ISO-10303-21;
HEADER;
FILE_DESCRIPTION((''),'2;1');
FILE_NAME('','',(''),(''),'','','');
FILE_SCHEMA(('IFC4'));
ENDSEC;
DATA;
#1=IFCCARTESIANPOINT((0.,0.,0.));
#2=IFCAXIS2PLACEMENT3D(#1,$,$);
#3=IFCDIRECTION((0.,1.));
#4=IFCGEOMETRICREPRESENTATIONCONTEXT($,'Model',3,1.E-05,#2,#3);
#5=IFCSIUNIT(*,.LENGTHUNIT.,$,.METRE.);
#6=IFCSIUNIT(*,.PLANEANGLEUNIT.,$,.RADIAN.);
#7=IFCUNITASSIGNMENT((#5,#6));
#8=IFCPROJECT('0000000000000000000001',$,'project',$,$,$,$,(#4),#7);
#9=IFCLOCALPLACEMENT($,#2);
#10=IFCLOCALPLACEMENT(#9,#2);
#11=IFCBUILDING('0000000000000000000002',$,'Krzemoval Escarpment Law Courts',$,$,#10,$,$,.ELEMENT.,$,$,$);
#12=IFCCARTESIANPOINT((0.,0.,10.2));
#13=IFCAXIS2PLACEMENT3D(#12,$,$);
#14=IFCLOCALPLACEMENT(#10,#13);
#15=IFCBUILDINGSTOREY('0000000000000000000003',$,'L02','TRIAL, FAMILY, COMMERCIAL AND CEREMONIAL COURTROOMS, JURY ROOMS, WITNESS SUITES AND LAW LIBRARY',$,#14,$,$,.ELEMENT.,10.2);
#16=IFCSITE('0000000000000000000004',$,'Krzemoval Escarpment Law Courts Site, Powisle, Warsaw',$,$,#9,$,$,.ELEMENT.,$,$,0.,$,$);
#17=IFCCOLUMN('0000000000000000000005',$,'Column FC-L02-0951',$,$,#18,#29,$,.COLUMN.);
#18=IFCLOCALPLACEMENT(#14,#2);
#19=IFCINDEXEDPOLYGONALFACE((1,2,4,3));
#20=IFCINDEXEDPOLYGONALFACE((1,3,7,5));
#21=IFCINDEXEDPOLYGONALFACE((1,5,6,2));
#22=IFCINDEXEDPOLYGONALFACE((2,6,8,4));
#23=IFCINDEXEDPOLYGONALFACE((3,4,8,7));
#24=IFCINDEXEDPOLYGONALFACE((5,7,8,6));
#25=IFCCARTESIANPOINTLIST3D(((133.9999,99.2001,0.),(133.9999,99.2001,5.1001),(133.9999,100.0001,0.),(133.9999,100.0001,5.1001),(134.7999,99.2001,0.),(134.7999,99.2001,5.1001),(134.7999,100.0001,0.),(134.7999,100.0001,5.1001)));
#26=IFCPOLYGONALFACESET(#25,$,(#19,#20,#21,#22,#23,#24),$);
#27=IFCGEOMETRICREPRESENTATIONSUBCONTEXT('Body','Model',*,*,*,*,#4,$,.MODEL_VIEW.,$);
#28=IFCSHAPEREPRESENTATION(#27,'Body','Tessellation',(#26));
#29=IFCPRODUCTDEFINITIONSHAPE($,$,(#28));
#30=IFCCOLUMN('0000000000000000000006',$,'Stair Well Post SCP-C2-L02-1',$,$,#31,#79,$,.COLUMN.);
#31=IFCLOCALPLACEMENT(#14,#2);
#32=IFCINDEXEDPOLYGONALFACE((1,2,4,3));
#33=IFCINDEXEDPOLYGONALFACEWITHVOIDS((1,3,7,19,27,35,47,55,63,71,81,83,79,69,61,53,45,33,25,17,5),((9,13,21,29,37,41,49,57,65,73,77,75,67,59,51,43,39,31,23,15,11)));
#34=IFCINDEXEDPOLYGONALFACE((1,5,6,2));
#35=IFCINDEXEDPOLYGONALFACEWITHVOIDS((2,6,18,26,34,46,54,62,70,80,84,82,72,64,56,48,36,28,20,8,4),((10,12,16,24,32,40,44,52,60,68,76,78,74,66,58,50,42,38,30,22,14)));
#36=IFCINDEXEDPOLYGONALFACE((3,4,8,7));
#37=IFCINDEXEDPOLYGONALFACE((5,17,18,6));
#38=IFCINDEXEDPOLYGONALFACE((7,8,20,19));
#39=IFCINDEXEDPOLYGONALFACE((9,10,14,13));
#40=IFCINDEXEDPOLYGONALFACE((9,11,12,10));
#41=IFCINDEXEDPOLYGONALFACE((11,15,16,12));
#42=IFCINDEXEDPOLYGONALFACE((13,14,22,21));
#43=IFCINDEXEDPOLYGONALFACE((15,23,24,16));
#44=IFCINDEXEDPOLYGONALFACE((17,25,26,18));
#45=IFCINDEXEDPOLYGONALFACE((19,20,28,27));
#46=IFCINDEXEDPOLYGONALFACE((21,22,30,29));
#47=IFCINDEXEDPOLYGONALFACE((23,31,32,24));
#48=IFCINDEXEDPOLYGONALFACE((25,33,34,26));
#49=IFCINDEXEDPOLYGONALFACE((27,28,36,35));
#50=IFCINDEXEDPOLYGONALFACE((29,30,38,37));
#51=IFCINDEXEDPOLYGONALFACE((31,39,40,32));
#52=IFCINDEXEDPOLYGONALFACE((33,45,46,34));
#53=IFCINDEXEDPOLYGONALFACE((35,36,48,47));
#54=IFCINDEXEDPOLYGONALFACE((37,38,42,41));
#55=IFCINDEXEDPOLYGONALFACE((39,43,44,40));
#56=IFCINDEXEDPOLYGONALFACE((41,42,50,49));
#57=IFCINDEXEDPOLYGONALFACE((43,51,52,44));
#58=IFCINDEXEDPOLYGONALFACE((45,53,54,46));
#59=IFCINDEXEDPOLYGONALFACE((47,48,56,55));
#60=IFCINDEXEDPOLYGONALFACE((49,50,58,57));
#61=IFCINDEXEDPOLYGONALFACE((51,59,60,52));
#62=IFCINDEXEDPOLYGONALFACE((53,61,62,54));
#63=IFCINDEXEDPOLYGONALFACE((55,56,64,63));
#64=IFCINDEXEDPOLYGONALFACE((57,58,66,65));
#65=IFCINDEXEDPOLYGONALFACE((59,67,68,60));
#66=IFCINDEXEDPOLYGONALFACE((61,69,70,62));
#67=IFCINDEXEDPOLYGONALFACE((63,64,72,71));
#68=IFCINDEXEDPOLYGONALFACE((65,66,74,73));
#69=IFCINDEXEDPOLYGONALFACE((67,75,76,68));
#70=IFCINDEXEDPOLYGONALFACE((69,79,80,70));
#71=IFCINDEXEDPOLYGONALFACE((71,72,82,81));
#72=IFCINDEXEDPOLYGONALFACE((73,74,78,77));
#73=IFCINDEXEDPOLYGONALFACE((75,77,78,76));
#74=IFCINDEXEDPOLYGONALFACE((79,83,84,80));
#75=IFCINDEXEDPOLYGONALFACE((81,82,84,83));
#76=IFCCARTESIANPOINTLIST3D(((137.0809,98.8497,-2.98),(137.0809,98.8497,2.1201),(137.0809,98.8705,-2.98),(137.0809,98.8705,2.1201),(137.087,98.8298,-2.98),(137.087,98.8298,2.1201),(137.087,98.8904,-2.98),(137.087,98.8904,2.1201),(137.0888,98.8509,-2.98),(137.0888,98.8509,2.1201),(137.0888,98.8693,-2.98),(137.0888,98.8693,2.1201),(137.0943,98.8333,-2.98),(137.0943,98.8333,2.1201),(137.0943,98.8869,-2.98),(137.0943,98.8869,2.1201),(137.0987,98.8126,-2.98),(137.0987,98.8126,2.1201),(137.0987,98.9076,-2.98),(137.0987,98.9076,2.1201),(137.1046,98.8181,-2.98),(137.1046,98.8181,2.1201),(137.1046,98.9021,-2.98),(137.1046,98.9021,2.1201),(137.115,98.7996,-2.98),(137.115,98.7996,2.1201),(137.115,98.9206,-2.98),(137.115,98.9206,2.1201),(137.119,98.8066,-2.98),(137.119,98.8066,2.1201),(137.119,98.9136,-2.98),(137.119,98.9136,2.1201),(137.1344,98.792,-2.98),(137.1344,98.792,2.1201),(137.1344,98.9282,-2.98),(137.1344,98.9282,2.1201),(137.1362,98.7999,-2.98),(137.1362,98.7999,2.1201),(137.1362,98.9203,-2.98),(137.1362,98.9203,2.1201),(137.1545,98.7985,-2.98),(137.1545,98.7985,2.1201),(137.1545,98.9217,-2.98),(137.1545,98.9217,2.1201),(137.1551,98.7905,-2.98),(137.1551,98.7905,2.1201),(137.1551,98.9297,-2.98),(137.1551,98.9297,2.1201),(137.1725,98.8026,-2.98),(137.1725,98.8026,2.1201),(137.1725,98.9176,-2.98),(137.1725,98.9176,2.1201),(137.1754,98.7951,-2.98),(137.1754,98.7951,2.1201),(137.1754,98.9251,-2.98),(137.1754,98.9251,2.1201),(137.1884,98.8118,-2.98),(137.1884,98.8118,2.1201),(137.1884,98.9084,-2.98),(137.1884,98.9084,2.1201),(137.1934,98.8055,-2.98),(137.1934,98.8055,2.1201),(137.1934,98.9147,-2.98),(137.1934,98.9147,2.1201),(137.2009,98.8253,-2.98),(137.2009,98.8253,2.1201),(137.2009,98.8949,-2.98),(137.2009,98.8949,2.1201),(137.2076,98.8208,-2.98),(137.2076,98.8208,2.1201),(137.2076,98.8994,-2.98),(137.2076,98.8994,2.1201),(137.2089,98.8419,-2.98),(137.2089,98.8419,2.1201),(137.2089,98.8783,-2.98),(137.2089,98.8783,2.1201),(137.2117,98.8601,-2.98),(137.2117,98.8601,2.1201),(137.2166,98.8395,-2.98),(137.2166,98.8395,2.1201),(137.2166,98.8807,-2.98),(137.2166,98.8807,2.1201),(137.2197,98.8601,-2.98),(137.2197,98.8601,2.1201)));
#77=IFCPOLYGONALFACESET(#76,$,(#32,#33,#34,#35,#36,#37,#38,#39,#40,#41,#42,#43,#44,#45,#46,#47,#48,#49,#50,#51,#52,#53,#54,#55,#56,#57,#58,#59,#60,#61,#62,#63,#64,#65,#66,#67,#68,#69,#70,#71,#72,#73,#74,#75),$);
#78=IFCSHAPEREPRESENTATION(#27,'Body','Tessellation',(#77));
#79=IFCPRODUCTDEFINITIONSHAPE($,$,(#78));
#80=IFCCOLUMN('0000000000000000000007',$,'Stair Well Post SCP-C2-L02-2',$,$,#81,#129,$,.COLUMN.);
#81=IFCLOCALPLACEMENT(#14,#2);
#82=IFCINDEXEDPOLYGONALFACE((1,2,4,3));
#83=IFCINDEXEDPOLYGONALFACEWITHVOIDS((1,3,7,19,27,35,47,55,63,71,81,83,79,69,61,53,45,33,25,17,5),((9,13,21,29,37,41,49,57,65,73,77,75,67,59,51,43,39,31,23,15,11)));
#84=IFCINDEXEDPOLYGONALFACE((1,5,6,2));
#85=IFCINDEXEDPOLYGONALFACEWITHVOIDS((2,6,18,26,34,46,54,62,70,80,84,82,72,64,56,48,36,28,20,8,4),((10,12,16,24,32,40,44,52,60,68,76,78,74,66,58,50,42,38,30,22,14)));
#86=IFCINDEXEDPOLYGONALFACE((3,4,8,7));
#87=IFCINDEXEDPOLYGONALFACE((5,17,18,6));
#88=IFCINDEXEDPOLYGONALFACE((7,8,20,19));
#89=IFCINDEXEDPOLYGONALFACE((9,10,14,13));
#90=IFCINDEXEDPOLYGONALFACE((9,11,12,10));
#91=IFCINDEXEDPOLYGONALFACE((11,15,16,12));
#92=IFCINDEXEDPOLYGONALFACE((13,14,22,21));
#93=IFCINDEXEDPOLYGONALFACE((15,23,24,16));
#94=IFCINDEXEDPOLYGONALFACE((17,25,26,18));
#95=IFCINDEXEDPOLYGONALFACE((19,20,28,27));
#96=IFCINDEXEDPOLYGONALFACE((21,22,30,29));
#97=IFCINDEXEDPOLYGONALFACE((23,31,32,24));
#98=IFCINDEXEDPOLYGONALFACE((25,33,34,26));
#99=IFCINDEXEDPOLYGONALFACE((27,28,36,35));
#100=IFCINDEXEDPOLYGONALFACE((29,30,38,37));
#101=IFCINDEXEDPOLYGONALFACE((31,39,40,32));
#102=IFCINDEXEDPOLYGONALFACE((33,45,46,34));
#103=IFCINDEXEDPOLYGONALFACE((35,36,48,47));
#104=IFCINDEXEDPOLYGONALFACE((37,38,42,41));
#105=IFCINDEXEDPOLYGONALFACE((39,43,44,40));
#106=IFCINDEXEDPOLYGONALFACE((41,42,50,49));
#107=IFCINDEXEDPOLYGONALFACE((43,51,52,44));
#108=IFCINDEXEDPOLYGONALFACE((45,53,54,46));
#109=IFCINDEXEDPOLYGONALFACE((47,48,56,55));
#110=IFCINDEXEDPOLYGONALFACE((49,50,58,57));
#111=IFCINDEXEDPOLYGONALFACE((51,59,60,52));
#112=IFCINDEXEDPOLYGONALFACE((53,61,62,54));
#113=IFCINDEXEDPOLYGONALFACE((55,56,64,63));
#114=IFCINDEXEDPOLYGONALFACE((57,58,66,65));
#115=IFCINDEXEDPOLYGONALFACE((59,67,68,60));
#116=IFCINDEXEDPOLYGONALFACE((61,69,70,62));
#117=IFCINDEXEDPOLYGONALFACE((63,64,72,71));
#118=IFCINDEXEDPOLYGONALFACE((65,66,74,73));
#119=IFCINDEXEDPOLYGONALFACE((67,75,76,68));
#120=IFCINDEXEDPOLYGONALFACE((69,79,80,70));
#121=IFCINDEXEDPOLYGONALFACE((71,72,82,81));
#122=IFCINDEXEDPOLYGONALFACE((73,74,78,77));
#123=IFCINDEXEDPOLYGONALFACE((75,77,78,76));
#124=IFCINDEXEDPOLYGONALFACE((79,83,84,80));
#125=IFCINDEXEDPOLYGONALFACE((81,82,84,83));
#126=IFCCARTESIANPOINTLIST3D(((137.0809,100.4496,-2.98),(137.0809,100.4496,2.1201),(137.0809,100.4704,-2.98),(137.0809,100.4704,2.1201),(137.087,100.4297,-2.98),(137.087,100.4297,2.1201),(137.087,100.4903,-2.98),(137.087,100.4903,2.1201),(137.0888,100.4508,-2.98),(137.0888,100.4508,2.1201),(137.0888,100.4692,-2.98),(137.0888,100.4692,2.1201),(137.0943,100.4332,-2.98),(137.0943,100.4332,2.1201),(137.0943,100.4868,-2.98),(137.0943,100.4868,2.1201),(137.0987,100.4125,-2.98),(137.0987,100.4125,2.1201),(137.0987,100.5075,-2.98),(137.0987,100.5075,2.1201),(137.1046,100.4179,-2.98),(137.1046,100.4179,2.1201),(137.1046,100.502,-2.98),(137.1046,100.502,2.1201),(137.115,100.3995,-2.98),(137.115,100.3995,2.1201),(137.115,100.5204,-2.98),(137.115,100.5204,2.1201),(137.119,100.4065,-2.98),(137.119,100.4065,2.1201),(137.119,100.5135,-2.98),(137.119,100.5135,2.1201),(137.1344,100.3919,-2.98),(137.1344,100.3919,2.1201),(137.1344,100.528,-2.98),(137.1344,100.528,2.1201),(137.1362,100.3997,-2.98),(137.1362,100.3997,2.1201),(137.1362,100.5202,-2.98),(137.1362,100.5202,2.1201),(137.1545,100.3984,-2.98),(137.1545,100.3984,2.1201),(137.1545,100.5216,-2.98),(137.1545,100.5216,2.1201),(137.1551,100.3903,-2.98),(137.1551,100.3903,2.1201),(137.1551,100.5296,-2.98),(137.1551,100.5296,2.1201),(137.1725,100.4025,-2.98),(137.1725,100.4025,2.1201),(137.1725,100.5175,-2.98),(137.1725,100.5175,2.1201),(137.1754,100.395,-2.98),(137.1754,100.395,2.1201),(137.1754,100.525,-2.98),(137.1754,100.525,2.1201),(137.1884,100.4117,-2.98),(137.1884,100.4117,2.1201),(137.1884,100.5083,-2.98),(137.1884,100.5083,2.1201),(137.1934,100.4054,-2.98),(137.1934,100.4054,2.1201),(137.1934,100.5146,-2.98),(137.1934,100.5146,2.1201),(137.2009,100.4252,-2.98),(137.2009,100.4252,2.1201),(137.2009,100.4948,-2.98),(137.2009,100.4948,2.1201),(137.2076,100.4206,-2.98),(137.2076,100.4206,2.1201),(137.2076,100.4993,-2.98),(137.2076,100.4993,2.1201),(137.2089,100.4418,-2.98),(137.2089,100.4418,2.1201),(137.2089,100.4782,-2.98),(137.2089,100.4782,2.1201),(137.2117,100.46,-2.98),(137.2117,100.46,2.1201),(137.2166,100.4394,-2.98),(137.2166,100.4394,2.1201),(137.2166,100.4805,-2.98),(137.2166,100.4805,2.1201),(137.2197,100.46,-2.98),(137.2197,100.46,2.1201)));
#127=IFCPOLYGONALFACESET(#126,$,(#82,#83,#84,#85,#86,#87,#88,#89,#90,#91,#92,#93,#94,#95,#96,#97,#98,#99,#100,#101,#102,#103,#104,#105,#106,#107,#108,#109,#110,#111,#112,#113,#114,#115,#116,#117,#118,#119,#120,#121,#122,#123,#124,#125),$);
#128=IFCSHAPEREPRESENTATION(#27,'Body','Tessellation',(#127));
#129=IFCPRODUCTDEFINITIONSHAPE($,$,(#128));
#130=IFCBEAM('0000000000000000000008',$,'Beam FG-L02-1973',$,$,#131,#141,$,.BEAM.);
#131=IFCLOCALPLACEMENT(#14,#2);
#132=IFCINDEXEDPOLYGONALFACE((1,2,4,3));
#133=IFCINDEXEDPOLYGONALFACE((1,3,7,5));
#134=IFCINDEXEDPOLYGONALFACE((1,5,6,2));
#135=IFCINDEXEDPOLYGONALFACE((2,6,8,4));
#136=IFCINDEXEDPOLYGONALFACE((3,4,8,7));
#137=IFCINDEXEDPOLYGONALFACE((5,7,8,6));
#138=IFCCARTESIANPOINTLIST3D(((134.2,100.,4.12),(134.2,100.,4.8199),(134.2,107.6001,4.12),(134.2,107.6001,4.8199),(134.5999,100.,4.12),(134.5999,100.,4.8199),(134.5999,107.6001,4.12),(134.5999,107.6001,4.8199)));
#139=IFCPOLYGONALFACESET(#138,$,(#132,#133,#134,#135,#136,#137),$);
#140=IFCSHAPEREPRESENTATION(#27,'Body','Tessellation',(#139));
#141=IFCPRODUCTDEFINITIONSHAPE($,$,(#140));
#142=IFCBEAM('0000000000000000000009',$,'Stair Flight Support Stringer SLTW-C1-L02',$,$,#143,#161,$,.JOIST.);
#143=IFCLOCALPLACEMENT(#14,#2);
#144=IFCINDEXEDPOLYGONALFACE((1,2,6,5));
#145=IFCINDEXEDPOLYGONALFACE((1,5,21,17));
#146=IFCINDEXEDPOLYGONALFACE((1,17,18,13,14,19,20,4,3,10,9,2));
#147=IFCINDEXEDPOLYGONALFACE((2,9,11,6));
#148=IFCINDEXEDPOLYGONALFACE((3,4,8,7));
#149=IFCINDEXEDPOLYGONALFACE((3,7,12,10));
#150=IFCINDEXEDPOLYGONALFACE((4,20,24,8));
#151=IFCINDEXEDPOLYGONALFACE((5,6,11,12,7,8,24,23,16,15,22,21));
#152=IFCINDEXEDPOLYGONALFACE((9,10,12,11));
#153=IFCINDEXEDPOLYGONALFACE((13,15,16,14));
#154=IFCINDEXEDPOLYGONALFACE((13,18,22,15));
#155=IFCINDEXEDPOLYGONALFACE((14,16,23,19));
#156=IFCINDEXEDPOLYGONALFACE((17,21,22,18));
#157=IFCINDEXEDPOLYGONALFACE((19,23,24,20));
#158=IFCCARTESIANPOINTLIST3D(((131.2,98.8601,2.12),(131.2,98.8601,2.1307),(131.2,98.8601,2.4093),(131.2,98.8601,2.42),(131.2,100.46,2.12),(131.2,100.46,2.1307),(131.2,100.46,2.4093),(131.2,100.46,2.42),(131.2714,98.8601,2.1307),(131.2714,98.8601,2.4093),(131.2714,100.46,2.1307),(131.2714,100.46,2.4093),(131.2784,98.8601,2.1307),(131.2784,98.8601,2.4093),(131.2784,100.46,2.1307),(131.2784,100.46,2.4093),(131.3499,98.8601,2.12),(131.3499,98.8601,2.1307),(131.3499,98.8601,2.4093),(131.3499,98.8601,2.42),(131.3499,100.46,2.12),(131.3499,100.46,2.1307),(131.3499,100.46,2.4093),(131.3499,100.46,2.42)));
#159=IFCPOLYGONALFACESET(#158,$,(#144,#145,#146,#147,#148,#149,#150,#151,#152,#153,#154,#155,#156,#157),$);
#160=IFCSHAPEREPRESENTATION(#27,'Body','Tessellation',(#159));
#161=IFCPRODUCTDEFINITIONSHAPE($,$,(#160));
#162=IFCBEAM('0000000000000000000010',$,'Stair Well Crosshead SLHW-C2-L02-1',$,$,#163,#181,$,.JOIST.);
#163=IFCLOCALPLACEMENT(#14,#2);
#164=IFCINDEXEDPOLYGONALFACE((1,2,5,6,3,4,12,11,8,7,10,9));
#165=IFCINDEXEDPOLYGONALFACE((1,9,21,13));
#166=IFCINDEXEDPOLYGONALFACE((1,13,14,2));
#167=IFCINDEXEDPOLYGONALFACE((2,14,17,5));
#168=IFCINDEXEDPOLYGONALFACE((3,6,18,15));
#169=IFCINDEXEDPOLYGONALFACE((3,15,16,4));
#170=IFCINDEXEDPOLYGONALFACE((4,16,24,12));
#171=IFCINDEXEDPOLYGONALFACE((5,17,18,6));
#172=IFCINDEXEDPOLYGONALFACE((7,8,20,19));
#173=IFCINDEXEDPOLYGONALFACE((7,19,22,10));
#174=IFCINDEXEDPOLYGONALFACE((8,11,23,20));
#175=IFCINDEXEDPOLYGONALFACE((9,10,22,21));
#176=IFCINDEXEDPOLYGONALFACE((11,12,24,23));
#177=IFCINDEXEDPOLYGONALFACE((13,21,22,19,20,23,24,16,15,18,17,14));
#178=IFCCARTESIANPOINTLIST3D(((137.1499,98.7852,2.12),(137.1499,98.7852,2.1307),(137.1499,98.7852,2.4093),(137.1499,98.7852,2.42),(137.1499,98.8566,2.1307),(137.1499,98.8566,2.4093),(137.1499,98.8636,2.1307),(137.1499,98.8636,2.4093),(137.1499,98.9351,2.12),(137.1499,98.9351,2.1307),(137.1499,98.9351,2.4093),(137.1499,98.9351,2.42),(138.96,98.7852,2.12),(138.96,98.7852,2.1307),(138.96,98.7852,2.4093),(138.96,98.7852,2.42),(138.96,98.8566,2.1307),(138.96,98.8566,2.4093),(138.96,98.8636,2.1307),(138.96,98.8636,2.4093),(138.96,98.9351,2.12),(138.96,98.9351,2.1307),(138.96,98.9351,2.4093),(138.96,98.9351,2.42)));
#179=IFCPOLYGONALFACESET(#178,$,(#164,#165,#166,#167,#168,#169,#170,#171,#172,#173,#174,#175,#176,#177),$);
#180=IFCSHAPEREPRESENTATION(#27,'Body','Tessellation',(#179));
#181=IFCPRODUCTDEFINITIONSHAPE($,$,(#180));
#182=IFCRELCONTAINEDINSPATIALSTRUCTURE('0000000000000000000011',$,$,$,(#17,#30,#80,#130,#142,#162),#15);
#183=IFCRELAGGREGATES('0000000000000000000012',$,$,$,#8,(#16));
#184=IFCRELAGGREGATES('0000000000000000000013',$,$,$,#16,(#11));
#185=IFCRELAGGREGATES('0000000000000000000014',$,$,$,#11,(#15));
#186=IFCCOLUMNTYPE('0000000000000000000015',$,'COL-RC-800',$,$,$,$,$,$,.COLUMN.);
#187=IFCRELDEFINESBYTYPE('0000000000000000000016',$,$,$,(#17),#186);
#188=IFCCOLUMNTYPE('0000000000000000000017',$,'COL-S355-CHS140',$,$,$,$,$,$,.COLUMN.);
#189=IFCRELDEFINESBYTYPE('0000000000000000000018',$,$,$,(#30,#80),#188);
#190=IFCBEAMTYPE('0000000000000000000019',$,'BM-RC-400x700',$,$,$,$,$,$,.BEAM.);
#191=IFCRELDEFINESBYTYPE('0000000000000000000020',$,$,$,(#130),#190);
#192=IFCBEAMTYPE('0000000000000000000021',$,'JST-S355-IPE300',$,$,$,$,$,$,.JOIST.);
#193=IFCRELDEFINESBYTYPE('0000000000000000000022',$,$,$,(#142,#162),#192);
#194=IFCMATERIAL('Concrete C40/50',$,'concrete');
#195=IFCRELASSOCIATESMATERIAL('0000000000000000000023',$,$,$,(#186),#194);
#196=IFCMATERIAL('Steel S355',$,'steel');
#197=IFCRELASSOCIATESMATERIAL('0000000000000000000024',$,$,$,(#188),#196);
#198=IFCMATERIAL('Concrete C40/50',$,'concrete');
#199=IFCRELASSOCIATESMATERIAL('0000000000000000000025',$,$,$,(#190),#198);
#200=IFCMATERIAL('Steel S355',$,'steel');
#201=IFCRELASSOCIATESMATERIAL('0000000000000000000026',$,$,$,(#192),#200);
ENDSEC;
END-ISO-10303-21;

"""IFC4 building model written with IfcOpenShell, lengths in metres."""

from ifc_helpers import new_model, si_unit, direction, frame, origin, origin_2d, place, context, subcontext, project, spatial, rectangle, hollow_circle, i_section, extrude, material, material_profile, profile_set, type_object, element, save


model = new_model("IFC4")

# Units and contexts
model_context = context("Model", 3, precision=1e-05, world=origin(), true_north=direction((0.0, 1.0)))
body_context = subcontext(model_context, "Body", "Model", "MODEL_VIEW")
ifc_project = project(units=[si_unit("LENGTHUNIT", "METRE"), si_unit("PLANEANGLEUNIT", "RADIAN")], contexts=[model_context])

# Site, building, storey
site_placement = place(None, origin())
site = spatial("IfcSite", under=ifc_project, at=site_placement, Name="Krzemoval Escarpment Law Courts Site, Powisle, Warsaw", CompositionType="ELEMENT", RefElevation=0.0)
building_placement = place(site_placement, origin())
building = spatial("IfcBuilding", under=site, at=building_placement, Name="Krzemoval Escarpment Law Courts", CompositionType="ELEMENT")
storey_placement = place(building_placement, frame((0.0, 0.0, 10.2)))
storey = spatial("IfcBuildingStorey", under=building, at=storey_placement, Name="L02", Description="TRIAL, FAMILY, COMMERCIAL AND CEREMONIAL COURTROOMS, JURY ROOMS, WITNESS SUITES AND LAW LIBRARY", CompositionType="ELEMENT", Elevation=10.2)

# Columns
ifc_material_1 = material(Name="Concrete C40/50", Category="concrete")
ifc_material_profile_1 = material_profile(ifc_material_1, rectangle(XDim=0.8, YDim=0.8, at=origin_2d()), Name="RC 800x800")
ifc_profile_set_1 = profile_set([ifc_material_profile_1], Name="Concrete C40/50")
column_type_1 = type_object("IfcColumnType", Name="COL-RC-800", PredefinedType="COLUMN", material=ifc_profile_set_1)
column_placement = place(storey_placement, frame((134.3999, 99.6001, 0.0), z_axis=(0.0, 0.0, 1.0), x_axis=(1.0, 0.0, 0.0)))
element("IfcColumn", 1, at=column_placement, inside=storey, type_object=column_type_1, Name="Column FC-L02-0951", PredefinedType="COLUMN", context=body_context, shape_type="SweptSolid", body=[
    extrude(rectangle(XDim=0.8, YDim=0.8, at=origin_2d()), origin(), (0.0, 0.0, 1.0), 5.1001),
])
ifc_material_2 = material(Name="Steel S355", Category="steel")
ifc_material_profile_2 = material_profile(ifc_material_2, hollow_circle(Radius=0.0698, WallThickness=0.0081, at=origin_2d()), Name="CHS 139.7x8")
ifc_profile_set_2 = profile_set([ifc_material_profile_2], Name="Steel S355")
column_type_2 = type_object("IfcColumnType", Name="COL-S355-CHS140", PredefinedType="COLUMN", material=ifc_profile_set_2)
for number, where, z_axis, x_axis, name in (
    (2, (137.1499, 98.8601, -2.98), (0.0, 0.0, 1.0), (1.0, 0.0, 0.0), "Stair Well Post SCP-C2-L02-1"),
    (3, (137.1499, 100.46, -2.98), (0.0, 0.0, 1.0), (1.0, 0.0, 0.0), "Stair Well Post SCP-C2-L02-2"),
):
    element("IfcColumn", number, at=place(storey_placement, frame(where, z_axis=z_axis, x_axis=x_axis)), inside=storey, type_object=column_type_2, Name=name, PredefinedType="COLUMN", context=body_context, shape_type="SweptSolid", body=[
        extrude(hollow_circle(Radius=0.0698, WallThickness=0.0081, at=origin_2d()), origin(), (0.0, 0.0, 1.0), 5.1001),
    ])

# Beams
ifc_material_3 = material(Name="Concrete C40/50", Category="concrete")
ifc_material_profile_3 = material_profile(ifc_material_3, rectangle(XDim=0.3999, YDim=0.7, at=origin_2d()), Name="RCB 400x700")
ifc_profile_set_3 = profile_set([ifc_material_profile_3], Name="Concrete C40/50")
beam_type_1 = type_object("IfcBeamType", Name="BM-RC-400x700", PredefinedType="BEAM", material=ifc_profile_set_3)
beam_1_placement = place(storey_placement, frame((134.3999, 100.0, 4.47), z_axis=(0.0, 1.0, 0.0), x_axis=(-1.0, 0.0, 0.0)))
element("IfcBeam", 4, at=beam_1_placement, inside=storey, type_object=beam_type_1, Name="Beam FG-L02-1973", PredefinedType="BEAM", context=body_context, shape_type="SweptSolid", body=[
    extrude(rectangle(XDim=0.3999, YDim=0.7, at=origin_2d()), origin(), (0.0, 0.0, 1.0), 7.6001),
])
ifc_material_4 = material(Name="Steel S355", Category="steel")
ifc_material_profile_4 = material_profile(ifc_material_4, i_section(OverallWidth=0.1499, OverallDepth=0.3, WebThickness=0.0071, FlangeThickness=0.0107, at=origin_2d()), Name="IPE 300")
ifc_profile_set_4 = profile_set([ifc_material_profile_4], Name="Steel S355")
beam_type_2 = type_object("IfcBeamType", Name="JST-S355-IPE300", PredefinedType="JOIST", material=ifc_profile_set_4)
beam_2_placement = place(storey_placement, frame((131.2749, 98.8601, 2.27), z_axis=(0.0, 1.0, 0.0), x_axis=(-1.0, 0.0, 0.0)))
element("IfcBeam", 5, at=beam_2_placement, inside=storey, type_object=beam_type_2, Name="Stair Flight Support Stringer SLTW-C1-L02", PredefinedType="JOIST", context=body_context, shape_type="SweptSolid", body=[
    extrude(i_section(OverallWidth=0.1499, OverallDepth=0.3, WebThickness=0.0071, FlangeThickness=0.0107, at=origin_2d()), origin(), (0.0, 0.0, 1.0), 1.5999),
])
for number, where, z_axis, x_axis, name in (
    (6, (137.1499, 98.8601, 2.27), (1.0, 0.0, 0.0), (0.0, 1.0, 0.0), "Stair Well Crosshead SLHW-C2-L02-1"),
):
    element("IfcBeam", number, at=place(storey_placement, frame(where, z_axis=z_axis, x_axis=x_axis)), inside=storey, type_object=beam_type_2, Name=name, PredefinedType="JOIST", context=body_context, shape_type="SweptSolid", body=[
        extrude(i_section(OverallWidth=0.1499, OverallDepth=0.3, WebThickness=0.0071, FlangeThickness=0.0107, at=origin_2d()), origin(), (0.0, 0.0, 1.0), 1.8101),
    ])

save(model, "model.ifc")
